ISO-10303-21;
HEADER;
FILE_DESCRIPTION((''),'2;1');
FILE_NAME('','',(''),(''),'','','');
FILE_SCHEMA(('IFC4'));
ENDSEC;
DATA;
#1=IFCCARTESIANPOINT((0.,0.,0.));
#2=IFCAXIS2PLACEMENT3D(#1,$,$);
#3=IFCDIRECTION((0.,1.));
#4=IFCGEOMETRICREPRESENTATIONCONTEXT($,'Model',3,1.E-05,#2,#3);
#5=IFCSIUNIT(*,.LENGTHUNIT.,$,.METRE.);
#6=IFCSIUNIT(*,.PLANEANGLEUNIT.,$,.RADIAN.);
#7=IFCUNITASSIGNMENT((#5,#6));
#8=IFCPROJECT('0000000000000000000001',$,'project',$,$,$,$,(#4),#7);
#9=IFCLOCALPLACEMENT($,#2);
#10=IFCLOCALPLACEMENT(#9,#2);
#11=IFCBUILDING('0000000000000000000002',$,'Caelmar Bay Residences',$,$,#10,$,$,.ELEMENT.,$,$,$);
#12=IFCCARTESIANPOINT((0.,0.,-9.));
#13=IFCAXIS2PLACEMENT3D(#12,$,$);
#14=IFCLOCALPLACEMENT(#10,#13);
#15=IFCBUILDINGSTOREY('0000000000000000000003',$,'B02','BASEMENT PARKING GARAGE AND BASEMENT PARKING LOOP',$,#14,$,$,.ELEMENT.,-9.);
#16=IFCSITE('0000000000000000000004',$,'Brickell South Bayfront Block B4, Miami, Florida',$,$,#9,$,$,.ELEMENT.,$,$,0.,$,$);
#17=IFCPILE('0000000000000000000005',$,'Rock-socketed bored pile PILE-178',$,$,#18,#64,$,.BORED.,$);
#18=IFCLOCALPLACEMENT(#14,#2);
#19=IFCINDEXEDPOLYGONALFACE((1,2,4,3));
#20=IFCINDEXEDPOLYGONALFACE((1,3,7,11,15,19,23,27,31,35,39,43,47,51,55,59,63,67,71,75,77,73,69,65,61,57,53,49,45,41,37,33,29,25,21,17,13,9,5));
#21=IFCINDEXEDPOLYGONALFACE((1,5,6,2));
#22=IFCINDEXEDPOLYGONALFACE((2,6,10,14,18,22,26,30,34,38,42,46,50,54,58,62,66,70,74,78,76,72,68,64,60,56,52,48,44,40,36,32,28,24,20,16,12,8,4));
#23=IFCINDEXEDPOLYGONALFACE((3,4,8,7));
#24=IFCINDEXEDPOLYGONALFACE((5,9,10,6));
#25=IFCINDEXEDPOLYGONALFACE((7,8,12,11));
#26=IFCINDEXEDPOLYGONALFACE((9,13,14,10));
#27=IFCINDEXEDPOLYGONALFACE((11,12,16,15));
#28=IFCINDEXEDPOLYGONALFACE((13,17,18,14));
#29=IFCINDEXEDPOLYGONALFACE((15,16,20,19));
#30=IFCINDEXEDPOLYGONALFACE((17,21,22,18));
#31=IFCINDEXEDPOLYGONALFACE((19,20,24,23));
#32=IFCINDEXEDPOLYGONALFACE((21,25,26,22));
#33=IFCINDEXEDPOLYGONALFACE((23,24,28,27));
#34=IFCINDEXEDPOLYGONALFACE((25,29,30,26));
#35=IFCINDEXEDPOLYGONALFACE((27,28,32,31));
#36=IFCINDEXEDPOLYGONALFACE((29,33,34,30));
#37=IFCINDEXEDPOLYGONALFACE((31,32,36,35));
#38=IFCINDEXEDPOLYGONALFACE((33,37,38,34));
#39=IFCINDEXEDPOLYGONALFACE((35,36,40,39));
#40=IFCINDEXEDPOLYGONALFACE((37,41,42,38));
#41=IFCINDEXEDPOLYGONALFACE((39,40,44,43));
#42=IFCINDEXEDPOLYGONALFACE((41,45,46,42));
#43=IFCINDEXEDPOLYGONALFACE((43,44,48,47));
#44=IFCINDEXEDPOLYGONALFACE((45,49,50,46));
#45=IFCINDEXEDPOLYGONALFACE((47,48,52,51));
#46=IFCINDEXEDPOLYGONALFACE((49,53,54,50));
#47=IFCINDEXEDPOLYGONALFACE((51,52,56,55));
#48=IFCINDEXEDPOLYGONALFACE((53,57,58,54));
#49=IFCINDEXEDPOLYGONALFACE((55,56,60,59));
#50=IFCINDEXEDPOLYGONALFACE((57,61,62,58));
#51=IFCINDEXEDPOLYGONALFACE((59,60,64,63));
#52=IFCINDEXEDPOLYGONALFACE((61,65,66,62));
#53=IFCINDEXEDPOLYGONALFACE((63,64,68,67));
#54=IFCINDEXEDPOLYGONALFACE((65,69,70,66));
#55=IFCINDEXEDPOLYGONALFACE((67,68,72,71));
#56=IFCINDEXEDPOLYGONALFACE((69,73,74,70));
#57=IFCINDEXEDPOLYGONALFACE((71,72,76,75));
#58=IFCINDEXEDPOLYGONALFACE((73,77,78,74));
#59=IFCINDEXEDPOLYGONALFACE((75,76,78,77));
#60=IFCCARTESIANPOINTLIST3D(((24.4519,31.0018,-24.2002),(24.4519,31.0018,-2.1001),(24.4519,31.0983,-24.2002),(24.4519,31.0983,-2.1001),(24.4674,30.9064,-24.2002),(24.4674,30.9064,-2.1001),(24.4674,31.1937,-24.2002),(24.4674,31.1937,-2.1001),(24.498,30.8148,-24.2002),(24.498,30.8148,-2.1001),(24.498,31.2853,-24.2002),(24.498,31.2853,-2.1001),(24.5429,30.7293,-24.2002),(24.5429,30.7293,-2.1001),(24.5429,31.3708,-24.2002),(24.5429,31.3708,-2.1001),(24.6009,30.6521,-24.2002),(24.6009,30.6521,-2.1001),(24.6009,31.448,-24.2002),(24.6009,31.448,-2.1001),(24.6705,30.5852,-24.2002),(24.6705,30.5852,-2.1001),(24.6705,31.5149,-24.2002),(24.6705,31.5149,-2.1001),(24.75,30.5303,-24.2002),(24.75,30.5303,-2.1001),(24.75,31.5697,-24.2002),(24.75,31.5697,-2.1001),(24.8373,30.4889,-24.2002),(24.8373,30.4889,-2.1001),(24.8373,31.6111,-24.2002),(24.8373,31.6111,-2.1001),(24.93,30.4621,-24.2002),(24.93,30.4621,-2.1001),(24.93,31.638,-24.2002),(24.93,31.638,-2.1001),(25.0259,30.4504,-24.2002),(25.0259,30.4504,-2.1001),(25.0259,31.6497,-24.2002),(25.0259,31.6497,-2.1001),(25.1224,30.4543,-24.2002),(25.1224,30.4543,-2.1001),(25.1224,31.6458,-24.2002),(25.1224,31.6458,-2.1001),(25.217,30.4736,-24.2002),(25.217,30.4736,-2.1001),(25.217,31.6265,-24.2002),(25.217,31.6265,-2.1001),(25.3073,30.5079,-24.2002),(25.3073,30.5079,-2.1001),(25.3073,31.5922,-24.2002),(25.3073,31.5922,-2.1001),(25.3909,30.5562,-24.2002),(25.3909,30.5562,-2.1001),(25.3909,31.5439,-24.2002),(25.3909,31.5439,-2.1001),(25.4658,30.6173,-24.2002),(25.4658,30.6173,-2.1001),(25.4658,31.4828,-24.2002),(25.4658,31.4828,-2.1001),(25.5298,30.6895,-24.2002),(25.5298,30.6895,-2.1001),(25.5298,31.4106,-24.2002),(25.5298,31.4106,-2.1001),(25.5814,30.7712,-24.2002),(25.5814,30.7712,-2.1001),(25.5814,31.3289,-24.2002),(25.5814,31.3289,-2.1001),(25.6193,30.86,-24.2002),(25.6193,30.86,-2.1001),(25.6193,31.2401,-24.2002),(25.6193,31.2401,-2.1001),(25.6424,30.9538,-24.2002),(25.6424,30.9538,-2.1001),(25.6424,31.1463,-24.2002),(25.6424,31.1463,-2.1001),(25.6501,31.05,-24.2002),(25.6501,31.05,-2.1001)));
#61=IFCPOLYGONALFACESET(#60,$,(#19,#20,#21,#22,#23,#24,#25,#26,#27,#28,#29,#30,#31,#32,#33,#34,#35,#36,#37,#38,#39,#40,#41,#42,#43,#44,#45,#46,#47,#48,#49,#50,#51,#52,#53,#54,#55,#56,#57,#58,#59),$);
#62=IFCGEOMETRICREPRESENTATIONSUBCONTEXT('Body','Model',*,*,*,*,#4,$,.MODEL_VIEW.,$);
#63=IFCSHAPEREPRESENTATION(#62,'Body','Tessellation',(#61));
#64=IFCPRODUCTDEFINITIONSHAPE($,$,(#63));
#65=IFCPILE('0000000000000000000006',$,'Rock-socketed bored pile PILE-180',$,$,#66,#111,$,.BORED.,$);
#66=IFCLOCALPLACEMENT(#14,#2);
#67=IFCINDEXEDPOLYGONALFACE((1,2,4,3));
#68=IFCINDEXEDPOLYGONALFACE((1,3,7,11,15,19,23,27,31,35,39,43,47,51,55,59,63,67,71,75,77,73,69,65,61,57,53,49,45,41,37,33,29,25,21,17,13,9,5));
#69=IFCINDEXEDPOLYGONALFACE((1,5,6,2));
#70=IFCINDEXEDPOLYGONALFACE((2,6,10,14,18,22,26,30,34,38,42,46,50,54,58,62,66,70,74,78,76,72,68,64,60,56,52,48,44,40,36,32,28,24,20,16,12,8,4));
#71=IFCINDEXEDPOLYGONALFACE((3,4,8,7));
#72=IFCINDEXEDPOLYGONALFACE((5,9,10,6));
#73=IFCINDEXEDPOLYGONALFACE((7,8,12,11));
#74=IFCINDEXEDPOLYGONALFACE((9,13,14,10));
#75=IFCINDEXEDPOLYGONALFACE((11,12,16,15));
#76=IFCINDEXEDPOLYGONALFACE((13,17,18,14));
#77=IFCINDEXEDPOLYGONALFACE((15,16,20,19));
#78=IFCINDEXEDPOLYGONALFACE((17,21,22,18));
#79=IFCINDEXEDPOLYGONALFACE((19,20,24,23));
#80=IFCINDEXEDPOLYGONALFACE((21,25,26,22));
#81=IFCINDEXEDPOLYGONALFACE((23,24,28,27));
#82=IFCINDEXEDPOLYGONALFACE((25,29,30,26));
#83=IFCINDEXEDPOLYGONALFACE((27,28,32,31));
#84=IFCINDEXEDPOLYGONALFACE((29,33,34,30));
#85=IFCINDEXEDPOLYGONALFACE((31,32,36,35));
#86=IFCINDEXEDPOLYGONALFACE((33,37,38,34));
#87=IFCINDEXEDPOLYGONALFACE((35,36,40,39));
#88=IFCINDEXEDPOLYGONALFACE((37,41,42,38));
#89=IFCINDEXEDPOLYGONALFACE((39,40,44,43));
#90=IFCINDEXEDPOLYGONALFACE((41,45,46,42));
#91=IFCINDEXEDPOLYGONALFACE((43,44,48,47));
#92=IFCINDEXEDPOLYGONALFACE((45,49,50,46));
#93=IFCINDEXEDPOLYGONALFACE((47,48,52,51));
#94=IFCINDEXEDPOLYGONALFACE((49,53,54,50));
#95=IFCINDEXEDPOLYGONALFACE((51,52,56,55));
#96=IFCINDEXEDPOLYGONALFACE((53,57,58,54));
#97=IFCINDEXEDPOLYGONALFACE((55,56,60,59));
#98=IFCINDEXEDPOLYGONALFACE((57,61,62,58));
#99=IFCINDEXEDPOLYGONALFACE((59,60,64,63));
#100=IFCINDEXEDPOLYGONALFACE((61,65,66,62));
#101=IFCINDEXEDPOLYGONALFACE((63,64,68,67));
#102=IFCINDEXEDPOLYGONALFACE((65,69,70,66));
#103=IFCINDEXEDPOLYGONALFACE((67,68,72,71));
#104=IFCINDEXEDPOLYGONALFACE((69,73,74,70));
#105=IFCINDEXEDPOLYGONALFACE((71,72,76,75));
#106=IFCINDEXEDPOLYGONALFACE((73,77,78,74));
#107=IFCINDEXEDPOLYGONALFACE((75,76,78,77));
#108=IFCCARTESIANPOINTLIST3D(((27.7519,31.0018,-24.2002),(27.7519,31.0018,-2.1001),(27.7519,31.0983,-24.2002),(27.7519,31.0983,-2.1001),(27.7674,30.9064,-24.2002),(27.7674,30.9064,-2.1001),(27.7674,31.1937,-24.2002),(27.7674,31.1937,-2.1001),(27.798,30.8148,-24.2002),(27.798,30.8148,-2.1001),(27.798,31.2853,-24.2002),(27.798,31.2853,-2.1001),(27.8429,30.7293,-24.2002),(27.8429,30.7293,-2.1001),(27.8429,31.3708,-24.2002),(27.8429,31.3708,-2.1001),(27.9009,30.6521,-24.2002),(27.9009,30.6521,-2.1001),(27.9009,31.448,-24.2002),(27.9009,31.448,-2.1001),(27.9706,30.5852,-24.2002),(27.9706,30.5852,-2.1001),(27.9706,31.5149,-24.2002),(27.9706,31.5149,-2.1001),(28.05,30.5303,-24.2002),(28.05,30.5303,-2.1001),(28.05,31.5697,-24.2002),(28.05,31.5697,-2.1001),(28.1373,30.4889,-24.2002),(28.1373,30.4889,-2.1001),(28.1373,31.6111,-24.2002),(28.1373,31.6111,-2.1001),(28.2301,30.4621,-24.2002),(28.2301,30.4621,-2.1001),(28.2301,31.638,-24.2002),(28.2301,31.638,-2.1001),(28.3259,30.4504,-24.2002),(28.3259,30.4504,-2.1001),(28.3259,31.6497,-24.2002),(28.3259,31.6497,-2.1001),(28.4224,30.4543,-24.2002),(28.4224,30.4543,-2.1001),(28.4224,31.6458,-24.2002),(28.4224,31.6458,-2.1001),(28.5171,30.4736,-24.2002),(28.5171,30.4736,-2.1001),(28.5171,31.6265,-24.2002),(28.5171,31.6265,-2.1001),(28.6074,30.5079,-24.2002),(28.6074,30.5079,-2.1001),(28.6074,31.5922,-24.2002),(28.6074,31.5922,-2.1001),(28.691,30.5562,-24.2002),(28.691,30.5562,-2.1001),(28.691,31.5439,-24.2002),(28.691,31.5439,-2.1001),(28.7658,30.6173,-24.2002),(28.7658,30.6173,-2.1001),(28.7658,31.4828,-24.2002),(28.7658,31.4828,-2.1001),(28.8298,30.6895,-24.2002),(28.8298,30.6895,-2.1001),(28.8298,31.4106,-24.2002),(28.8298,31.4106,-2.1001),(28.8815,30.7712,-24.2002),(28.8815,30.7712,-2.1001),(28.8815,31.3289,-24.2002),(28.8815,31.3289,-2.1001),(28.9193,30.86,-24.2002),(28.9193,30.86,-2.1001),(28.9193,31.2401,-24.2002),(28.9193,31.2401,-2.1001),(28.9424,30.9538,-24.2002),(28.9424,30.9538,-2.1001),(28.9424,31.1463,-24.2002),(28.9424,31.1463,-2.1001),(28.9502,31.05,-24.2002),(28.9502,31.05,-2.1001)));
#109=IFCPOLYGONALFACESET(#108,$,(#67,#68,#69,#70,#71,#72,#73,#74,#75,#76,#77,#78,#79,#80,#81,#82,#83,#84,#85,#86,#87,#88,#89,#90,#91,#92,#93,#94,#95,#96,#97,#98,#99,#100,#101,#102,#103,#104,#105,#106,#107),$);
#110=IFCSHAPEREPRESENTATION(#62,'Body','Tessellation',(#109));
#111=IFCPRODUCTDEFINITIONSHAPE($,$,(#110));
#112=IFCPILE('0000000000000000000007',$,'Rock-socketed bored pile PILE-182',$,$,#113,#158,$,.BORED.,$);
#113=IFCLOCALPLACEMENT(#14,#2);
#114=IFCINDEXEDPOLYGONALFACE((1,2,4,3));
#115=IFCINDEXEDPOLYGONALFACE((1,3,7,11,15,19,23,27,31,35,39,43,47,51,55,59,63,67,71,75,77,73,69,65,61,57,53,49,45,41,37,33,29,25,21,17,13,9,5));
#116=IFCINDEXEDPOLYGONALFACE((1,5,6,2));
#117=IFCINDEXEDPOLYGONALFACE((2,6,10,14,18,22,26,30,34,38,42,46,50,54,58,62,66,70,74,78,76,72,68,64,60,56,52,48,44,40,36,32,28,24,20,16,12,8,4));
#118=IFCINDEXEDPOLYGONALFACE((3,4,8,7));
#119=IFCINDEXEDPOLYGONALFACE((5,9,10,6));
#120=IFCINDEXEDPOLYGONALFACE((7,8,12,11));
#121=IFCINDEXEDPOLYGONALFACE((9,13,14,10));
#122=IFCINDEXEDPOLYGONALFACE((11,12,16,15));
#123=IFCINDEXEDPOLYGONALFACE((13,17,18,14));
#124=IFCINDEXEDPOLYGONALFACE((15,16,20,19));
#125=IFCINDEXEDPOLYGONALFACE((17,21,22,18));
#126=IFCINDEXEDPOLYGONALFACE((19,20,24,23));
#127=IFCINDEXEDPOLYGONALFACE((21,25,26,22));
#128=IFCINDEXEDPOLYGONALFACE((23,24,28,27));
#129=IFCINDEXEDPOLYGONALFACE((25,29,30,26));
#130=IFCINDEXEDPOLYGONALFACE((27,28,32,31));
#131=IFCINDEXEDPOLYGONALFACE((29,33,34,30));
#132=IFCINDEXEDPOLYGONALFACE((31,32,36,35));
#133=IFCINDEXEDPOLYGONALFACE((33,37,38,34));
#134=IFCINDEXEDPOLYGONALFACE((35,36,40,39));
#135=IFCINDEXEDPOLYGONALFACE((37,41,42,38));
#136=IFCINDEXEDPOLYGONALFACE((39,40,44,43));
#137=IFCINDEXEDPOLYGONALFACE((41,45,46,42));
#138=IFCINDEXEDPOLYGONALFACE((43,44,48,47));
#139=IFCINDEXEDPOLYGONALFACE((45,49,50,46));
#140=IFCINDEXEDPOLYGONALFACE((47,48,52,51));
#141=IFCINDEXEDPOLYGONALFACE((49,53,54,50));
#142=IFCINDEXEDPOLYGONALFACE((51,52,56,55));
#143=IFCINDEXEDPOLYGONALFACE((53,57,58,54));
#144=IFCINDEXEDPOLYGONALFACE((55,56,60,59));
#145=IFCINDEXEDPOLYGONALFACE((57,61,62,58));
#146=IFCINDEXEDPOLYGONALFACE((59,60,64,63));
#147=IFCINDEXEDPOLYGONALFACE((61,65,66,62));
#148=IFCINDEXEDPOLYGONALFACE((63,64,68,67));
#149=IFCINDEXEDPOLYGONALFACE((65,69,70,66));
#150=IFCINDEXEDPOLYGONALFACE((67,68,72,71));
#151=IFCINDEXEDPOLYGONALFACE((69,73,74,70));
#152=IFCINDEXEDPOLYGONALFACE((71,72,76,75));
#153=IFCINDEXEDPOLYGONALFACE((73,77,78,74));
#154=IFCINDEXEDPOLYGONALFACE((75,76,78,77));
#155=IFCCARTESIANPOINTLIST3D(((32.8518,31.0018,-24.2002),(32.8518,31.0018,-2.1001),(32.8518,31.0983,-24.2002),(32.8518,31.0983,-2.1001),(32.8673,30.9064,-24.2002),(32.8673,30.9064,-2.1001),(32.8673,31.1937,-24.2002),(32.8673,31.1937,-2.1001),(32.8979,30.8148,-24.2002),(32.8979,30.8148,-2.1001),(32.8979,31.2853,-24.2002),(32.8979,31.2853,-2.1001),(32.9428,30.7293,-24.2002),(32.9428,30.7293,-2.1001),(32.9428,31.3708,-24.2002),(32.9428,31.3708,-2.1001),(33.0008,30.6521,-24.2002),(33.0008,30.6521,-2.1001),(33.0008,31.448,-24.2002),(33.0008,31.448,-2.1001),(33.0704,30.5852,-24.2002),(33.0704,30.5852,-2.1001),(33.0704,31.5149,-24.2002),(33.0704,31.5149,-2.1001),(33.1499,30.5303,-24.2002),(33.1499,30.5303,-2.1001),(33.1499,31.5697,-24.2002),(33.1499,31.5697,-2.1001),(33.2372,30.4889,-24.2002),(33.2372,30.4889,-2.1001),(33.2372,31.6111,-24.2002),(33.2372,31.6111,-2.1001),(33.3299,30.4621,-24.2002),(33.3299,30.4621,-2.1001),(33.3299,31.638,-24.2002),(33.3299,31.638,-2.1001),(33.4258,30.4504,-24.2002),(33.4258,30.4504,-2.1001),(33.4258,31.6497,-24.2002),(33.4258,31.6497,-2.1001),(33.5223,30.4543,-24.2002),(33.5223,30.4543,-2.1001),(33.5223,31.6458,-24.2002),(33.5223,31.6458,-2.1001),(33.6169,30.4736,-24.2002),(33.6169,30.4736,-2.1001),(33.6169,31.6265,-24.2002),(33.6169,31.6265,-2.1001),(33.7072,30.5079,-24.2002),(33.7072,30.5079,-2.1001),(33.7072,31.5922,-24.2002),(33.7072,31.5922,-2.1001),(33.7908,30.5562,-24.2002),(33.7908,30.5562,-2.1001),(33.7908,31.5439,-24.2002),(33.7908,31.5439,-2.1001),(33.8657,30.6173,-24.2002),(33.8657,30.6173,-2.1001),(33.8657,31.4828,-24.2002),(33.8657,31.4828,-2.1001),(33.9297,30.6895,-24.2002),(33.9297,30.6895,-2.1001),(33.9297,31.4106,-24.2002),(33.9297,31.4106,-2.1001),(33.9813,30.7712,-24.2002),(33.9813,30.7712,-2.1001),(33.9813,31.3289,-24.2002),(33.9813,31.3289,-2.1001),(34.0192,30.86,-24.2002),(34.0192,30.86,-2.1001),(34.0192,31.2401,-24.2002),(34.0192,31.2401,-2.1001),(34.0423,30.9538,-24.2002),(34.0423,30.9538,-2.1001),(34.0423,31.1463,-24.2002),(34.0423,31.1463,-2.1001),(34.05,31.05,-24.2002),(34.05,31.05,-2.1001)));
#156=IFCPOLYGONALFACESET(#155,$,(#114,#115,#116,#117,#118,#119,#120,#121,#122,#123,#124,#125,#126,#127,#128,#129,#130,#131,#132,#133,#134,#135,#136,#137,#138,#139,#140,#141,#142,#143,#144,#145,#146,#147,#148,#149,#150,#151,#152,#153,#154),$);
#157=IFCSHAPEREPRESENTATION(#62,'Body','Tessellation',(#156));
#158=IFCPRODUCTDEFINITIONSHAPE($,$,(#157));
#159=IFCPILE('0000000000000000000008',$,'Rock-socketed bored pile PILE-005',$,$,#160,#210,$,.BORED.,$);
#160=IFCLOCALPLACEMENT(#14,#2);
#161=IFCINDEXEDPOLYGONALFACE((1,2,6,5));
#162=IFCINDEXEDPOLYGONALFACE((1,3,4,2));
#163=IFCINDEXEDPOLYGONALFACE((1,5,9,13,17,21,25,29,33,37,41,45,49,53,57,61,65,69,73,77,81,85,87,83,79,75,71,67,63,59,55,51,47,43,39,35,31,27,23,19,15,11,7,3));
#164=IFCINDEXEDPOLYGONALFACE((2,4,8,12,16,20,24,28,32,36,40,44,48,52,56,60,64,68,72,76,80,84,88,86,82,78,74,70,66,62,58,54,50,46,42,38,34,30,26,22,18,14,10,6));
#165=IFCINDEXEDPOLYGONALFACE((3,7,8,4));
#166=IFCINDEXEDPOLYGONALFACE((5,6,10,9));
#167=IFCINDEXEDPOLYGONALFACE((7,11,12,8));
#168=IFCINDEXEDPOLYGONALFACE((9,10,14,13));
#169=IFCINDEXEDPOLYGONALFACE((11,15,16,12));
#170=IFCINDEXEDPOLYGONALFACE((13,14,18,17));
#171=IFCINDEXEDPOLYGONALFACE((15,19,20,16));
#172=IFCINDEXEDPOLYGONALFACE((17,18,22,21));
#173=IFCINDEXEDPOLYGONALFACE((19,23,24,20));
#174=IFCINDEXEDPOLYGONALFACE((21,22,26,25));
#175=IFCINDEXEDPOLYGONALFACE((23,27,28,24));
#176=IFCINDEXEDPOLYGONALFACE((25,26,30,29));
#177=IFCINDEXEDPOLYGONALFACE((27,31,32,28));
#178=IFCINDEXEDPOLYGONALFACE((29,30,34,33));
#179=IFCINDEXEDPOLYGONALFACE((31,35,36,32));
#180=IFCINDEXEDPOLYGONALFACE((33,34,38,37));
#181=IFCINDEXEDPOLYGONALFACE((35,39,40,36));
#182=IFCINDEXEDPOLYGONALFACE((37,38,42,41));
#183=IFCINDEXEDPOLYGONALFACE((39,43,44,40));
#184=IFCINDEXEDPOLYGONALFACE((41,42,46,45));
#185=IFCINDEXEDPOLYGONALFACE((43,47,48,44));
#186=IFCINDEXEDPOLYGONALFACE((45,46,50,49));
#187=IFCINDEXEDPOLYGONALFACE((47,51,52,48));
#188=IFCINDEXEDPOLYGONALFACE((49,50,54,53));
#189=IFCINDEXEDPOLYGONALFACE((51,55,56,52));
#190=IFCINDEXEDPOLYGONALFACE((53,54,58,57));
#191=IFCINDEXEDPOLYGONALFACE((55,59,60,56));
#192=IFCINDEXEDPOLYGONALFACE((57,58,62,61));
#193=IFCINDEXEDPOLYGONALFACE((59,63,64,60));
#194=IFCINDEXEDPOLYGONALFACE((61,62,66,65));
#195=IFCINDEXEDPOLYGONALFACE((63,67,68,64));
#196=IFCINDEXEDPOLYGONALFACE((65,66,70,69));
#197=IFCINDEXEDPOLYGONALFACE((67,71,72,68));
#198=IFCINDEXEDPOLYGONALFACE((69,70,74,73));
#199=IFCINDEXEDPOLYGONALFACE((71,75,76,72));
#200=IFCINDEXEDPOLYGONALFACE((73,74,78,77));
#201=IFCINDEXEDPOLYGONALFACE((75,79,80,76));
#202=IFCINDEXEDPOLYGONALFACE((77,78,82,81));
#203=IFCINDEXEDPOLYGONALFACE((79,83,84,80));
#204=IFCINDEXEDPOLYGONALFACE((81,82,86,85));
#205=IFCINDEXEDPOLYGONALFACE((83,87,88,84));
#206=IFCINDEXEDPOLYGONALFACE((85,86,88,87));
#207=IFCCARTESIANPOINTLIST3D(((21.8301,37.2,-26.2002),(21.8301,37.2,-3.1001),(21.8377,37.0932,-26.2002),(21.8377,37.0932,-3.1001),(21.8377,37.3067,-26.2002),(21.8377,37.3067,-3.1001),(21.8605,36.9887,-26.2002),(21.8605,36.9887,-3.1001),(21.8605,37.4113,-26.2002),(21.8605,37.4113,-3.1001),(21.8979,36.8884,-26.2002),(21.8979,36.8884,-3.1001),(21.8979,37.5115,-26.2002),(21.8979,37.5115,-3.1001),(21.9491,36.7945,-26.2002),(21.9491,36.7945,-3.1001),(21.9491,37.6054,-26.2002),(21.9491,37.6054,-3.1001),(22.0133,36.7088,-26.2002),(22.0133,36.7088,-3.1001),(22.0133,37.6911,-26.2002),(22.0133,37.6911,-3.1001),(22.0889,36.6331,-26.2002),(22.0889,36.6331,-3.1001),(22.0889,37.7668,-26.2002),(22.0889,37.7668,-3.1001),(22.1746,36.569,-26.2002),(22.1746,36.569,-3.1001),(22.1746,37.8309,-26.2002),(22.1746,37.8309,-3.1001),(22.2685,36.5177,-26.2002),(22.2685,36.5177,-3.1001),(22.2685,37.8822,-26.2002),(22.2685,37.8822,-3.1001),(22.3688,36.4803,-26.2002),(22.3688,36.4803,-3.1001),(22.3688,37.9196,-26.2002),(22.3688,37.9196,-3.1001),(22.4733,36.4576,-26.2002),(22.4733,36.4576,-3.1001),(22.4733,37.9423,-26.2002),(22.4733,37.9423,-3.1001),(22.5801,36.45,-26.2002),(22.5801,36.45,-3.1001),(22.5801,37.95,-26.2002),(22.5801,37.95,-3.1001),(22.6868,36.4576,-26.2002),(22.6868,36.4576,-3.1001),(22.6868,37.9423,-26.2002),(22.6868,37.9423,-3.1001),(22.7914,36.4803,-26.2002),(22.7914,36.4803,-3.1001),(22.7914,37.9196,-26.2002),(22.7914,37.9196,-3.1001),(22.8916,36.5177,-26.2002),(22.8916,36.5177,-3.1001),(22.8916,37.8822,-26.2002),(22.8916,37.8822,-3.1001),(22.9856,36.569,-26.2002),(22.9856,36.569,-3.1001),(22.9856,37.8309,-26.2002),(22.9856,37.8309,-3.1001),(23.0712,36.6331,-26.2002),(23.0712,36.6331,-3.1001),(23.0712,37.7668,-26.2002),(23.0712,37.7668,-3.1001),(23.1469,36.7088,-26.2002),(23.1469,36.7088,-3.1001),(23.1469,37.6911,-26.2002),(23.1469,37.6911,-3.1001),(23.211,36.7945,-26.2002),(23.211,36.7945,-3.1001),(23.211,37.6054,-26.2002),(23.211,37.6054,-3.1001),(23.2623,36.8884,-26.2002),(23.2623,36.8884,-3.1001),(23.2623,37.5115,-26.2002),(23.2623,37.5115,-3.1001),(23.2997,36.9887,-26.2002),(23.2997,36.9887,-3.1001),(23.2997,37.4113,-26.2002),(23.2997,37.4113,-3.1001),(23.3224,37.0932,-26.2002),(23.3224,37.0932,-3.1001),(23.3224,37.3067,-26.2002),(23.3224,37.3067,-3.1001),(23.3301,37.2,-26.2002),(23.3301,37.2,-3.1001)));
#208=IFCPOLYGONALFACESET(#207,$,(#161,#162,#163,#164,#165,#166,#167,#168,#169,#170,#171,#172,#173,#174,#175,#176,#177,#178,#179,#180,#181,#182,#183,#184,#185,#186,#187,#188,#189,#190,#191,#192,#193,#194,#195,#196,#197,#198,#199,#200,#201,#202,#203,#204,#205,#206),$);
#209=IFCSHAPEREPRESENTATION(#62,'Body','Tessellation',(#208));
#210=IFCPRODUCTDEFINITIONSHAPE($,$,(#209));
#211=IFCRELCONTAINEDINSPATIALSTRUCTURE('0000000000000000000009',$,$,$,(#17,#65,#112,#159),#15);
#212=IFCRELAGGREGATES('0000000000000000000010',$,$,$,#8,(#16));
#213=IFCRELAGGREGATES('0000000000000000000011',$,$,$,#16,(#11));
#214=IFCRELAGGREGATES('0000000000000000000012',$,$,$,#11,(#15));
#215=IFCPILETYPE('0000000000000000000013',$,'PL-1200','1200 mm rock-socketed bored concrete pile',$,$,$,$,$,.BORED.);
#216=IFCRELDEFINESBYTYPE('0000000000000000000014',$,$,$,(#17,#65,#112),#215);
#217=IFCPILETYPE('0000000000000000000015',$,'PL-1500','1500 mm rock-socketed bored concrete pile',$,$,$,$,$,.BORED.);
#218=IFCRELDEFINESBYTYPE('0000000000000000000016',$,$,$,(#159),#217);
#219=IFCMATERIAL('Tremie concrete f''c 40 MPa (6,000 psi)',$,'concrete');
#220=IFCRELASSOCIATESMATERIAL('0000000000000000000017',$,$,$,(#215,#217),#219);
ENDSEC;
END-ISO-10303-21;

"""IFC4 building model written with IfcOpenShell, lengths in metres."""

from ifc_helpers import new_model, si_unit, direction, frame, origin, origin_2d, place, context, subcontext, project, spatial, circle, extrude, material, material_profile, profile_set, type_object, element, save


model = new_model("IFC4")

# Units and contexts
model_context = context("Model", 3, precision=1e-05, world=origin(), true_north=direction((0.0, 1.0)))
body_context = subcontext(model_context, "Body", "Model", "MODEL_VIEW")
ifc_project = project(units=[si_unit("LENGTHUNIT", "METRE"), si_unit("PLANEANGLEUNIT", "RADIAN")], contexts=[model_context])

# Site, building, storey
site_placement = place(None, origin())
site = spatial("IfcSite", under=ifc_project, at=site_placement, Name="Brickell South Bayfront Block B4, Miami, Florida", CompositionType="ELEMENT", RefElevation=0.0)
building_placement = place(site_placement, origin())
building = spatial("IfcBuilding", under=site, at=building_placement, Name="Caelmar Bay Residences", CompositionType="ELEMENT")
storey_placement = place(building_placement, frame((0.0, 0.0, -9.0)))
storey = spatial("IfcBuildingStorey", under=building, at=storey_placement, Name="B02", Description="BASEMENT PARKING GARAGE AND BASEMENT PARKING LOOP", CompositionType="ELEMENT", Elevation=-9.0)

# Piles
ifc_material_1 = material(Name="Tremie concrete f'c 40 MPa (6,000 psi)", Category="concrete")
ifc_material_profile_1 = material_profile(ifc_material_1, circle(Radius=0.6001, at=origin_2d()), Name="PILE-1200D")
ifc_profile_set_1 = profile_set([ifc_material_profile_1], Name="Tremie concrete f'c 40 MPa (6,000 psi)")
pile_type_1 = type_object("IfcPileType", Name="PL-1200", Description="1200 mm rock-socketed bored concrete pile", PredefinedType="BORED", material=ifc_profile_set_1)
for number, where, z_axis, x_axis, name in (
    (1, (25.05, 31.05, -2.1001), (0.0, 0.0, -1.0), (1.0, 0.0, 0.0), "Rock-socketed bored pile PILE-178"),
    (2, (28.3501, 31.05, -2.1001), (0.0, 0.0, -1.0), (1.0, 0.0, 0.0), "Rock-socketed bored pile PILE-180"),
    (3, (33.45, 31.05, -2.1001), (0.0, 0.0, -1.0), (1.0, 0.0, 0.0), "Rock-socketed bored pile PILE-182"),
):
    element("IfcPile", number, at=place(storey_placement, frame(where, z_axis=z_axis, x_axis=x_axis)), inside=storey, type_object=pile_type_1, Name=name, PredefinedType="BORED", context=body_context, shape_type="SweptSolid", body=[
        extrude(circle(Radius=0.6001, at=origin_2d()), origin(), (0.0, 0.0, 1.0), 22.1001),
    ])
ifc_material_profile_2 = material_profile(ifc_material_1, circle(Radius=0.75, at=origin_2d()), Name="PILE-1500D")
ifc_profile_set_2 = profile_set([ifc_material_profile_2], Name="Tremie concrete f'c 40 MPa (6,000 psi)")
pile_type_2 = type_object("IfcPileType", Name="PL-1500", Description="1500 mm rock-socketed bored concrete pile", PredefinedType="BORED", material=ifc_profile_set_2)
for number, where, z_axis, x_axis, name in (
    (4, (22.5801, 37.2, -3.1001), (0.0, 0.0, -1.0), (1.0, 0.0, 0.0), "Rock-socketed bored pile PILE-005"),
):
    element("IfcPile", number, at=place(storey_placement, frame(where, z_axis=z_axis, x_axis=x_axis)), inside=storey, type_object=pile_type_2, Name=name, PredefinedType="BORED", context=body_context, shape_type="SweptSolid", body=[
        extrude(circle(Radius=0.75, at=origin_2d()), origin(), (0.0, 0.0, 1.0), 23.1001),
    ])

save(model, "model.ifc")
